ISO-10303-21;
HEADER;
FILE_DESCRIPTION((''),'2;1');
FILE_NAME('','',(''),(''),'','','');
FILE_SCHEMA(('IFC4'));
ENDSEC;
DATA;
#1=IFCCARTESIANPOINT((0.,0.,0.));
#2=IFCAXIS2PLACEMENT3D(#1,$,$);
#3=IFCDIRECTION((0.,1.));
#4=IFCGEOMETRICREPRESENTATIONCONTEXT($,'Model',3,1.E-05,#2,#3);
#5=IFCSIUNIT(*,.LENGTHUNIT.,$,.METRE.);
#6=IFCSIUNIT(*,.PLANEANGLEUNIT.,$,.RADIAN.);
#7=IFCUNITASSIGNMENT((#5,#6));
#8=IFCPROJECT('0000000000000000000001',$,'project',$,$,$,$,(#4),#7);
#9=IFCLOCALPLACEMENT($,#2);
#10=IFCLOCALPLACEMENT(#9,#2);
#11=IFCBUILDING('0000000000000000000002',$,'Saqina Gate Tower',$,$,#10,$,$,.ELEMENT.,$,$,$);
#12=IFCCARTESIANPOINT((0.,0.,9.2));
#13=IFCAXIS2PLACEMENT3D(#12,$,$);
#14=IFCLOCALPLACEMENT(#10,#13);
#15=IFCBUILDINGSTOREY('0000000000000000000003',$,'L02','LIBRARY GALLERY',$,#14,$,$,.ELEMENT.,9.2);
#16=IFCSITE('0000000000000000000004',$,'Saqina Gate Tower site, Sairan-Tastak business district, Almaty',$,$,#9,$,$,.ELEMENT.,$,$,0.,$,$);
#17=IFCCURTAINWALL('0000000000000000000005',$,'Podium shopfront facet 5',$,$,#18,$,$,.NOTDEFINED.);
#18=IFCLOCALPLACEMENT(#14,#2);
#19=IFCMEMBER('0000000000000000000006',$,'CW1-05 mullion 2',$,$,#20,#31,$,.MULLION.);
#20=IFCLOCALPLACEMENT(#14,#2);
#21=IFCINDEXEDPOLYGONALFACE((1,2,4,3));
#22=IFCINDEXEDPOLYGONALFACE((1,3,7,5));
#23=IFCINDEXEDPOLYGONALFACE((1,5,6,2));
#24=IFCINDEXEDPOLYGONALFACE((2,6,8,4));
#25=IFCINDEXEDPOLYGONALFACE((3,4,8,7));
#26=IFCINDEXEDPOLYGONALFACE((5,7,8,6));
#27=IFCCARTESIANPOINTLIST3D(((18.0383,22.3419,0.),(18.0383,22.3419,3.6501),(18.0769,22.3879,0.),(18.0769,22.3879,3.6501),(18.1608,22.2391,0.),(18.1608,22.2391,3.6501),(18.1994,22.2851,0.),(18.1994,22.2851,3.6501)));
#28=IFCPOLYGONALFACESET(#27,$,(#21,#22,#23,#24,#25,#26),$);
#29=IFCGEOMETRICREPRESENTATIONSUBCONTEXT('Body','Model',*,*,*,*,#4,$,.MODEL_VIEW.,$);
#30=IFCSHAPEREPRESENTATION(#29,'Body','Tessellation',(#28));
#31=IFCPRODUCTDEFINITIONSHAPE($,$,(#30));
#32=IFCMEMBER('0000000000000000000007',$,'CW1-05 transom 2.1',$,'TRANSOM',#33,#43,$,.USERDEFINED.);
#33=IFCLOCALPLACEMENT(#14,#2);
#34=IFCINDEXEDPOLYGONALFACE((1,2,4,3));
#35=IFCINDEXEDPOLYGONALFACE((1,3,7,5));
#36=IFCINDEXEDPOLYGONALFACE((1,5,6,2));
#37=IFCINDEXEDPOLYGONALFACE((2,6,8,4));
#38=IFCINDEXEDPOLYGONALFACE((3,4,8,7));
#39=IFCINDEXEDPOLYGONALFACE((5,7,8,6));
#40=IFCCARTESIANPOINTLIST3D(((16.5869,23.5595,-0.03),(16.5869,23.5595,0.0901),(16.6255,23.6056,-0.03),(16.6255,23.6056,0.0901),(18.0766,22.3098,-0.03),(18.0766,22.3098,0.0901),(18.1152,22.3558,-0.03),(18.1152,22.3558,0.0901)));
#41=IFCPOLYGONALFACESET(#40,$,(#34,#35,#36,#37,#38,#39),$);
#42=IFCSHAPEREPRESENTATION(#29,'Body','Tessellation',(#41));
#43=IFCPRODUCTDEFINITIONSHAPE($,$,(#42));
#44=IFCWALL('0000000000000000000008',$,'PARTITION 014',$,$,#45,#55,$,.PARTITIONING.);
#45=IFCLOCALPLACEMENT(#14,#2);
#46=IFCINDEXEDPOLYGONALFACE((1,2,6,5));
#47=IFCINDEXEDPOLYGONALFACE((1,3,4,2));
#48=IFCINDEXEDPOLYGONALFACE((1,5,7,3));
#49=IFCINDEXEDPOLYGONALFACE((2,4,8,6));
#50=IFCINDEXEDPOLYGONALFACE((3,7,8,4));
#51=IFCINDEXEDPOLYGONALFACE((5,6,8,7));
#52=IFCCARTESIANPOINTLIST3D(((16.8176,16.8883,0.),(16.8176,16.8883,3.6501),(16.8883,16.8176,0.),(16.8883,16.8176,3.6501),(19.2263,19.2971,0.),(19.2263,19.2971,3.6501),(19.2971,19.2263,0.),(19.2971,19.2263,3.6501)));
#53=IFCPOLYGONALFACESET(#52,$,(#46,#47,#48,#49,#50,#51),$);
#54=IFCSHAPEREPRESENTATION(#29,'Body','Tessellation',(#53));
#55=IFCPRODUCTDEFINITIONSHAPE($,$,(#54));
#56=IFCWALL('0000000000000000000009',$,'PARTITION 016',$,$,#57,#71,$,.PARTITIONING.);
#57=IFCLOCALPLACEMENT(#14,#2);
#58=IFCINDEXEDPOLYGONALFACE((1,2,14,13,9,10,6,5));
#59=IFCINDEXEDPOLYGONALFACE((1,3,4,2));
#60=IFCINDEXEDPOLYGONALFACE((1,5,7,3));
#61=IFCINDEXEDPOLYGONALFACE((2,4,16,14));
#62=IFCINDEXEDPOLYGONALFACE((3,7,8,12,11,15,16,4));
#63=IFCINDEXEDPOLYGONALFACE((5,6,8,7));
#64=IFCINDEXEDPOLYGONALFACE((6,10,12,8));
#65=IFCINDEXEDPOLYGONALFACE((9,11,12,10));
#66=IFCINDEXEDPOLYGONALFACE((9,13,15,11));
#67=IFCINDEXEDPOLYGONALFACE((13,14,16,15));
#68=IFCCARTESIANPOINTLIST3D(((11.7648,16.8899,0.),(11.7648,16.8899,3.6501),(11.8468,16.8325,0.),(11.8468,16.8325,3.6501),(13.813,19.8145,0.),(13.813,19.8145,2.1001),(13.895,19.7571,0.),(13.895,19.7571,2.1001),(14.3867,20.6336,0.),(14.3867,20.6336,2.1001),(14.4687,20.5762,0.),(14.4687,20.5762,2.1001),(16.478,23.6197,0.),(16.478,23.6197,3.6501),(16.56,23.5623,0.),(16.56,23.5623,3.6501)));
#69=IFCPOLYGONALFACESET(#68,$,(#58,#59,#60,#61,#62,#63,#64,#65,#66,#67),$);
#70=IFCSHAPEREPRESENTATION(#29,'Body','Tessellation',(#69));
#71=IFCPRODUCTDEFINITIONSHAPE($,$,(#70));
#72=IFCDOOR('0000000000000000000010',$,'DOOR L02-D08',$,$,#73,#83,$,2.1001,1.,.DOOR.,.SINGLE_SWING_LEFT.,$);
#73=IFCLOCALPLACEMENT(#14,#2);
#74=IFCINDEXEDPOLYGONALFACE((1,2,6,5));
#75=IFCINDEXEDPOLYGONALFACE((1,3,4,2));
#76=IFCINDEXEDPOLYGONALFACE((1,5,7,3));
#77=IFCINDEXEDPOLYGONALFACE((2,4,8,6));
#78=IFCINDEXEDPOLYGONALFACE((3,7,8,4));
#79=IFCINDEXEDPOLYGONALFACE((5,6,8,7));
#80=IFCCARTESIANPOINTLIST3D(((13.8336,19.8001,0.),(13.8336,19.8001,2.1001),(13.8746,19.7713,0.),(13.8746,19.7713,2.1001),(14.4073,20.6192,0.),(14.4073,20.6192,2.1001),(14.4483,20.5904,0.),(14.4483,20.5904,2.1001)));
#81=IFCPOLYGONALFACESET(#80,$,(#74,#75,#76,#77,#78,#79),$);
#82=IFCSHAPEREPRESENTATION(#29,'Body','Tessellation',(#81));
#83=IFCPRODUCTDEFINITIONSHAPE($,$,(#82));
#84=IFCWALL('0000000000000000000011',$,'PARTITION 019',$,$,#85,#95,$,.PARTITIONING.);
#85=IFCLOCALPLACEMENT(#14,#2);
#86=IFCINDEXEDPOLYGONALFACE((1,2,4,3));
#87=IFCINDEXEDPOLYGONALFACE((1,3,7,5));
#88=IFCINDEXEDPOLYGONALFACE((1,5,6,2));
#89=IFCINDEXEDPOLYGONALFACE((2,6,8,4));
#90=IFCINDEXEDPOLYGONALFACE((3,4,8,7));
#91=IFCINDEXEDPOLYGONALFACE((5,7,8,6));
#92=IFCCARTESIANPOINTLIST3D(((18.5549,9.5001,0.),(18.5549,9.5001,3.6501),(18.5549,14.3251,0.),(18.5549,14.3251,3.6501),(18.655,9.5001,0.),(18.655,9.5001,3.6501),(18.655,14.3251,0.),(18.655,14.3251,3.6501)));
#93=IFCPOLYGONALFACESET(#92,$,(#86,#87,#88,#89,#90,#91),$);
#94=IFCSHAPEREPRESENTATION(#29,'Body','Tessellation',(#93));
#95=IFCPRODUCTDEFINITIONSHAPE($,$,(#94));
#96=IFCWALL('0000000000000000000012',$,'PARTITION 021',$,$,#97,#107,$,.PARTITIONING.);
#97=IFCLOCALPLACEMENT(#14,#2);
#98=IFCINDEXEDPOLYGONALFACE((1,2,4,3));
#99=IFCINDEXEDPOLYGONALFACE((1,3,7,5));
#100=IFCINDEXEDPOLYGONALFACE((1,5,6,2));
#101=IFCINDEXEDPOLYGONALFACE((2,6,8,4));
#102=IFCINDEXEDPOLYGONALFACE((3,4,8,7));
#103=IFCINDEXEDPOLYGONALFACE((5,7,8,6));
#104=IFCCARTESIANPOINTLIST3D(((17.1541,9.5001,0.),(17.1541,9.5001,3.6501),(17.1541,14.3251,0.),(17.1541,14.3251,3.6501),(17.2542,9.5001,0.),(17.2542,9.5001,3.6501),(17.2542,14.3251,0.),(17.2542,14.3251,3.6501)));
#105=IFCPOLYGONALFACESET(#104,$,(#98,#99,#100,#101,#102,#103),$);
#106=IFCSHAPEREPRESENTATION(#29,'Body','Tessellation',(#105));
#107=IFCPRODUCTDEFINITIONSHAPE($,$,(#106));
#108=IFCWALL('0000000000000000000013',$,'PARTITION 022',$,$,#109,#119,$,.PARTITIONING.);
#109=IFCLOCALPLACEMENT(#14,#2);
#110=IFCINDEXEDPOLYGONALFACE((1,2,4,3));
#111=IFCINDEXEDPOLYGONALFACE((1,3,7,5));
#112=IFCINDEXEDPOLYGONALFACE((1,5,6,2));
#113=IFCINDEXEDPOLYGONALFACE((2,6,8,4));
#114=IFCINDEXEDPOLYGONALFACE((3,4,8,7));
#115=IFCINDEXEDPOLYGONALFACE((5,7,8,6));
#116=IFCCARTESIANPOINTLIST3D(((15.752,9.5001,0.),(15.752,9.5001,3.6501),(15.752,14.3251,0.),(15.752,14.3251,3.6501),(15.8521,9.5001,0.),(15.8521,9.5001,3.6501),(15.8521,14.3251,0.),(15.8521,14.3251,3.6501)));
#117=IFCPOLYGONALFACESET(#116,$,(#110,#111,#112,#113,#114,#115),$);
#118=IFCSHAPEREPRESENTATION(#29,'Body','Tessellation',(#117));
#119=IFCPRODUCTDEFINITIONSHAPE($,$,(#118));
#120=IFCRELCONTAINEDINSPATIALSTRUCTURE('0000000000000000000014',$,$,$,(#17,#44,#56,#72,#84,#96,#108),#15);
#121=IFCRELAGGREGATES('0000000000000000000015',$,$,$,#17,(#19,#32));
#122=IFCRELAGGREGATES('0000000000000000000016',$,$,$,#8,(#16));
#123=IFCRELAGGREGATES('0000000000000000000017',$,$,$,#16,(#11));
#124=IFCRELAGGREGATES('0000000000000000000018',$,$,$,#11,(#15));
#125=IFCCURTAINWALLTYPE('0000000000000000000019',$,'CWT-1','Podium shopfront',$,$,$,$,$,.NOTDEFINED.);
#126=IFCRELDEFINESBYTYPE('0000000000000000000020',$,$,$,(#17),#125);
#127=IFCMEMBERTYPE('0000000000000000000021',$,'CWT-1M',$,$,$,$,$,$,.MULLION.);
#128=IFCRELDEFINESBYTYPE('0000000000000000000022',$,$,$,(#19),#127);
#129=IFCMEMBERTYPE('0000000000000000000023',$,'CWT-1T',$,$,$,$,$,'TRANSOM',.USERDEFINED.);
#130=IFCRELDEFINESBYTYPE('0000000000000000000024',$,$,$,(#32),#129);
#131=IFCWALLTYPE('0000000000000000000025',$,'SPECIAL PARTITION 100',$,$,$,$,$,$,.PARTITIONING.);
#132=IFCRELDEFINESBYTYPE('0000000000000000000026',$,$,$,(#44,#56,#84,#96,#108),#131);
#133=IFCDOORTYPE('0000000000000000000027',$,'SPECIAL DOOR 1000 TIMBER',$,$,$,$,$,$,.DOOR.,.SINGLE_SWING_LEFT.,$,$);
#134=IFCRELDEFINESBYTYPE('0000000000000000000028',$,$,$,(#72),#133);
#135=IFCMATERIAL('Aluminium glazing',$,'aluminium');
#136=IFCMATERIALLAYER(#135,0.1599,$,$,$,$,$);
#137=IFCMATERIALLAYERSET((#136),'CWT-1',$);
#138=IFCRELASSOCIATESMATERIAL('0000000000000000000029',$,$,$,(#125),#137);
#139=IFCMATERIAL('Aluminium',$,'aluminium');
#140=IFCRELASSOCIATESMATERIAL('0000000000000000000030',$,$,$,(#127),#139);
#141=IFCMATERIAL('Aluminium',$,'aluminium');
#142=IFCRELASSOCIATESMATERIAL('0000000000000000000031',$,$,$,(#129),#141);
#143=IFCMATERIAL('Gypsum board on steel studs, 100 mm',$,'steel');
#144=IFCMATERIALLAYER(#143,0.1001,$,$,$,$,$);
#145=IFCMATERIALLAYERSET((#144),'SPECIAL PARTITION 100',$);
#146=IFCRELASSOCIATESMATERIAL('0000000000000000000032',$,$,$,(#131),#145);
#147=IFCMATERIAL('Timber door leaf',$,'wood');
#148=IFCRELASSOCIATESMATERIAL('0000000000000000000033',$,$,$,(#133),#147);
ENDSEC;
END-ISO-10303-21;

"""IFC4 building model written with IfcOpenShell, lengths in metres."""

from ifc_helpers import new_model, si_unit, direction, frame, frame_2d, origin, origin_2d, place, context, subcontext, project, spatial, rectangle, extrude, material, layer, layer_set, material_profile, profile_set, type_object, element, fill, aggregate, save


model = new_model("IFC4")

# Units and contexts
model_context = context("Model", 3, precision=1e-05, world=origin(), true_north=direction((0.0, 1.0)))
body_context = subcontext(model_context, "Body", "Model", "MODEL_VIEW")
ifc_project = project(units=[si_unit("LENGTHUNIT", "METRE"), si_unit("PLANEANGLEUNIT", "RADIAN")], contexts=[model_context])

# Site, building, storey
site_placement = place(None, origin())
site = spatial("IfcSite", under=ifc_project, at=site_placement, Name="Saqina Gate Tower site, Sairan-Tastak business district, Almaty", CompositionType="ELEMENT", RefElevation=0.0)
building_placement = place(site_placement, origin())
building = spatial("IfcBuilding", under=site, at=building_placement, Name="Saqina Gate Tower", CompositionType="ELEMENT")
storey_placement = place(building_placement, frame((0.0, 0.0, 9.2)))
storey = spatial("IfcBuildingStorey", under=building, at=storey_placement, Name="L02", Description="LIBRARY GALLERY", CompositionType="ELEMENT", Elevation=9.2)

# Curtain wall, members
ifc_material_1 = material(Name="Aluminium glazing", Category="aluminium")
ifc_layer_1 = layer(ifc_material_1, 0.1599)
ifc_layer_set_1 = layer_set([ifc_layer_1], Name="CWT-1")
curtain_wall_type = type_object("IfcCurtainWallType", Name="CWT-1", Description="Podium shopfront", PredefinedType="NOTDEFINED", material=ifc_layer_set_1)
curtain_wall_placement = place(storey_placement, origin())
curtain_wall = element("IfcCurtainWall", 1, at=curtain_wall_placement, inside=storey, type_object=curtain_wall_type, Name="Podium shopfront facet 5", PredefinedType="NOTDEFINED")
ifc_material_2 = material(Name="Aluminium", Category="aluminium")
ifc_material_profile_1 = material_profile(ifc_material_2, rectangle(XDim=0.0601, YDim=0.1599, at=origin_2d()), Name="Aluminium 60x160")
ifc_profile_set_1 = profile_set([ifc_material_profile_1], Name="Aluminium")
member_type_1 = type_object("IfcMemberType", Name="CWT-1M", PredefinedType="MULLION", material=ifc_profile_set_1)
member_1_placement = place(storey_placement, frame((18.1189, 22.3135, 0.0), z_axis=(0.0, 0.0, 1.0), x_axis=(-0.642779, -0.766051, 0.0)))
member_1 = element("IfcMember", 2, at=member_1_placement, type_object=member_type_1, Name="CW1-05 mullion 2", PredefinedType="MULLION", context=body_context, shape_type="SweptSolid", body=[
    extrude(rectangle(XDim=0.0601, YDim=0.1599, at=origin_2d()), origin(), (0.0, 0.0, 1.0), 3.6501),
])
ifc_material_3 = material(Name="Aluminium", Category="aluminium")
ifc_material_profile_2 = material_profile(ifc_material_3, rectangle(XDim=0.0601, YDim=0.1201, at=origin_2d()), Name="Aluminium 60x120")
ifc_profile_set_2 = profile_set([ifc_material_profile_2], Name="Aluminium")
member_type_2 = type_object("IfcMemberType", Name="CWT-1T", ElementType="TRANSOM", PredefinedType="USERDEFINED", material=ifc_profile_set_2)
member_2_placement = place(storey_placement, frame((18.0959, 22.3328, 0.03), z_axis=(-0.766118, 0.6427, 0.0), x_axis=(-0.6427, -0.766118, 0.0)))
member_2 = element("IfcMember", 3, at=member_2_placement, type_object=member_type_2, Name="CW1-05 transom 2.1", ObjectType="TRANSOM", PredefinedType="USERDEFINED", context=body_context, shape_type="SweptSolid", body=[
    extrude(rectangle(XDim=0.0601, YDim=0.1201, at=origin_2d()), origin(), (0.0, 0.0, 1.0), 1.9446),
])
aggregate(curtain_wall, [member_1, member_2])

# Wall
ifc_material_4 = material(Name="Gypsum board on steel studs, 100 mm", Category="steel")
ifc_layer_2 = layer(ifc_material_4, 0.1001)
ifc_layer_set_2 = layer_set([ifc_layer_2], Name="SPECIAL PARTITION 100")
wall_type_1 = type_object("IfcWallType", Name="SPECIAL PARTITION 100", PredefinedType="PARTITIONING", material=ifc_layer_set_2)
wall_1_placement = place(storey_placement, frame((16.853, 16.853, 0.0), z_axis=(0.0, 0.0, 1.0), x_axis=(0.707107, 0.707107, 0.0)))
element("IfcWall", 4, at=wall_1_placement, inside=storey, type_object=wall_type_1, Name="PARTITION 014", PredefinedType="PARTITIONING", context=body_context, shape_type="SweptSolid", body=[
    extrude(rectangle(XDim=3.4065, YDim=0.1001, at=frame_2d((1.7031, 0.0))), origin(), (0.0, 0.0, 1.0), 3.6501),
])

# Wall, opening, door
wall_2_placement = place(storey_placement, frame((11.8059, 16.8613, 0.0), z_axis=(0.0, 0.0, 1.0), x_axis=(0.573652, 0.819099, 0.0)))
wall_2 = element("IfcWall", 5, at=wall_2_placement, inside=storey, type_object=wall_type_1, Name="PARTITION 016", PredefinedType="PARTITIONING", context=body_context, shape_type="SweptSolid", body=[
    extrude(rectangle(XDim=8.2161, YDim=0.1001, at=frame_2d((4.1079, 0.0))), origin(), (0.0, 0.0, 1.0), 3.6501),
])
opening_1_placement = place(wall_2_placement, frame((3.5703, 0.0, 0.0)))
opening_1 = element("IfcOpeningElement", 6, at=opening_1_placement, cuts=wall_2, PredefinedType="OPENING", context=body_context, shape_type="SweptSolid", body=[
    extrude(rectangle(XDim=1.0, YDim=2.1001, at=frame_2d((0.5, 1.05))), frame((0.0, 0.062, 0.0), z_axis=(0.0, -1.0, 0.0), x_axis=(1.0, 0.0, 0.0)), (0.0, 0.0, 1.0), 0.124),
])
ifc_material_5 = material(Name="Timber door leaf", Category="wood")
door_type_1 = type_object("IfcDoorType", Name="SPECIAL DOOR 1000 TIMBER", OperationType="SINGLE_SWING_LEFT", PredefinedType="DOOR", material=ifc_material_5)
door_1_placement = place(opening_1_placement, origin())
door_1 = element("IfcDoor", 7, at=door_1_placement, inside=storey, type_object=door_type_1, Name="DOOR L02-D08", OperationType="SINGLE_SWING_LEFT", OverallHeight=2.1001, OverallWidth=1.0, PredefinedType="DOOR", context=body_context, shape_type="SweptSolid", body=[
    extrude(rectangle(XDim=1.0, YDim=2.1001, at=frame_2d((0.5, 1.05))), frame((0.0, 0.0249, 0.0), z_axis=(0.0, -1.0, 0.0), x_axis=(1.0, 0.0, 0.0)), (0.0, 0.0, 1.0), 0.05),
])
fill(opening_1, door_1)

# Walls
for number, where, z_axis, x_axis, name in (
    (8, (18.605, 9.5, 0.0), (0.0, 0.0, 1.0), (0.0, 1.0, 0.0), "PARTITION 019"),
    (9, (17.2041, 9.5, 0.0), (0.0, 0.0, 1.0), (0.0, 1.0, 0.0), "PARTITION 021"),
    (10, (15.802, 9.5, 0.0), (0.0, 0.0, 1.0), (0.0, 1.0, 0.0), "PARTITION 022"),
):
    element("IfcWall", number, at=place(storey_placement, frame(where, z_axis=z_axis, x_axis=x_axis)), inside=storey, type_object=wall_type_1, Name=name, PredefinedType="PARTITIONING", context=body_context, shape_type="SweptSolid", body=[
        extrude(rectangle(XDim=4.825, YDim=0.1001, at=frame_2d((2.4126, 0.0))), origin(), (0.0, 0.0, 1.0), 3.6501),
    ])

save(model, "model.ifc")
